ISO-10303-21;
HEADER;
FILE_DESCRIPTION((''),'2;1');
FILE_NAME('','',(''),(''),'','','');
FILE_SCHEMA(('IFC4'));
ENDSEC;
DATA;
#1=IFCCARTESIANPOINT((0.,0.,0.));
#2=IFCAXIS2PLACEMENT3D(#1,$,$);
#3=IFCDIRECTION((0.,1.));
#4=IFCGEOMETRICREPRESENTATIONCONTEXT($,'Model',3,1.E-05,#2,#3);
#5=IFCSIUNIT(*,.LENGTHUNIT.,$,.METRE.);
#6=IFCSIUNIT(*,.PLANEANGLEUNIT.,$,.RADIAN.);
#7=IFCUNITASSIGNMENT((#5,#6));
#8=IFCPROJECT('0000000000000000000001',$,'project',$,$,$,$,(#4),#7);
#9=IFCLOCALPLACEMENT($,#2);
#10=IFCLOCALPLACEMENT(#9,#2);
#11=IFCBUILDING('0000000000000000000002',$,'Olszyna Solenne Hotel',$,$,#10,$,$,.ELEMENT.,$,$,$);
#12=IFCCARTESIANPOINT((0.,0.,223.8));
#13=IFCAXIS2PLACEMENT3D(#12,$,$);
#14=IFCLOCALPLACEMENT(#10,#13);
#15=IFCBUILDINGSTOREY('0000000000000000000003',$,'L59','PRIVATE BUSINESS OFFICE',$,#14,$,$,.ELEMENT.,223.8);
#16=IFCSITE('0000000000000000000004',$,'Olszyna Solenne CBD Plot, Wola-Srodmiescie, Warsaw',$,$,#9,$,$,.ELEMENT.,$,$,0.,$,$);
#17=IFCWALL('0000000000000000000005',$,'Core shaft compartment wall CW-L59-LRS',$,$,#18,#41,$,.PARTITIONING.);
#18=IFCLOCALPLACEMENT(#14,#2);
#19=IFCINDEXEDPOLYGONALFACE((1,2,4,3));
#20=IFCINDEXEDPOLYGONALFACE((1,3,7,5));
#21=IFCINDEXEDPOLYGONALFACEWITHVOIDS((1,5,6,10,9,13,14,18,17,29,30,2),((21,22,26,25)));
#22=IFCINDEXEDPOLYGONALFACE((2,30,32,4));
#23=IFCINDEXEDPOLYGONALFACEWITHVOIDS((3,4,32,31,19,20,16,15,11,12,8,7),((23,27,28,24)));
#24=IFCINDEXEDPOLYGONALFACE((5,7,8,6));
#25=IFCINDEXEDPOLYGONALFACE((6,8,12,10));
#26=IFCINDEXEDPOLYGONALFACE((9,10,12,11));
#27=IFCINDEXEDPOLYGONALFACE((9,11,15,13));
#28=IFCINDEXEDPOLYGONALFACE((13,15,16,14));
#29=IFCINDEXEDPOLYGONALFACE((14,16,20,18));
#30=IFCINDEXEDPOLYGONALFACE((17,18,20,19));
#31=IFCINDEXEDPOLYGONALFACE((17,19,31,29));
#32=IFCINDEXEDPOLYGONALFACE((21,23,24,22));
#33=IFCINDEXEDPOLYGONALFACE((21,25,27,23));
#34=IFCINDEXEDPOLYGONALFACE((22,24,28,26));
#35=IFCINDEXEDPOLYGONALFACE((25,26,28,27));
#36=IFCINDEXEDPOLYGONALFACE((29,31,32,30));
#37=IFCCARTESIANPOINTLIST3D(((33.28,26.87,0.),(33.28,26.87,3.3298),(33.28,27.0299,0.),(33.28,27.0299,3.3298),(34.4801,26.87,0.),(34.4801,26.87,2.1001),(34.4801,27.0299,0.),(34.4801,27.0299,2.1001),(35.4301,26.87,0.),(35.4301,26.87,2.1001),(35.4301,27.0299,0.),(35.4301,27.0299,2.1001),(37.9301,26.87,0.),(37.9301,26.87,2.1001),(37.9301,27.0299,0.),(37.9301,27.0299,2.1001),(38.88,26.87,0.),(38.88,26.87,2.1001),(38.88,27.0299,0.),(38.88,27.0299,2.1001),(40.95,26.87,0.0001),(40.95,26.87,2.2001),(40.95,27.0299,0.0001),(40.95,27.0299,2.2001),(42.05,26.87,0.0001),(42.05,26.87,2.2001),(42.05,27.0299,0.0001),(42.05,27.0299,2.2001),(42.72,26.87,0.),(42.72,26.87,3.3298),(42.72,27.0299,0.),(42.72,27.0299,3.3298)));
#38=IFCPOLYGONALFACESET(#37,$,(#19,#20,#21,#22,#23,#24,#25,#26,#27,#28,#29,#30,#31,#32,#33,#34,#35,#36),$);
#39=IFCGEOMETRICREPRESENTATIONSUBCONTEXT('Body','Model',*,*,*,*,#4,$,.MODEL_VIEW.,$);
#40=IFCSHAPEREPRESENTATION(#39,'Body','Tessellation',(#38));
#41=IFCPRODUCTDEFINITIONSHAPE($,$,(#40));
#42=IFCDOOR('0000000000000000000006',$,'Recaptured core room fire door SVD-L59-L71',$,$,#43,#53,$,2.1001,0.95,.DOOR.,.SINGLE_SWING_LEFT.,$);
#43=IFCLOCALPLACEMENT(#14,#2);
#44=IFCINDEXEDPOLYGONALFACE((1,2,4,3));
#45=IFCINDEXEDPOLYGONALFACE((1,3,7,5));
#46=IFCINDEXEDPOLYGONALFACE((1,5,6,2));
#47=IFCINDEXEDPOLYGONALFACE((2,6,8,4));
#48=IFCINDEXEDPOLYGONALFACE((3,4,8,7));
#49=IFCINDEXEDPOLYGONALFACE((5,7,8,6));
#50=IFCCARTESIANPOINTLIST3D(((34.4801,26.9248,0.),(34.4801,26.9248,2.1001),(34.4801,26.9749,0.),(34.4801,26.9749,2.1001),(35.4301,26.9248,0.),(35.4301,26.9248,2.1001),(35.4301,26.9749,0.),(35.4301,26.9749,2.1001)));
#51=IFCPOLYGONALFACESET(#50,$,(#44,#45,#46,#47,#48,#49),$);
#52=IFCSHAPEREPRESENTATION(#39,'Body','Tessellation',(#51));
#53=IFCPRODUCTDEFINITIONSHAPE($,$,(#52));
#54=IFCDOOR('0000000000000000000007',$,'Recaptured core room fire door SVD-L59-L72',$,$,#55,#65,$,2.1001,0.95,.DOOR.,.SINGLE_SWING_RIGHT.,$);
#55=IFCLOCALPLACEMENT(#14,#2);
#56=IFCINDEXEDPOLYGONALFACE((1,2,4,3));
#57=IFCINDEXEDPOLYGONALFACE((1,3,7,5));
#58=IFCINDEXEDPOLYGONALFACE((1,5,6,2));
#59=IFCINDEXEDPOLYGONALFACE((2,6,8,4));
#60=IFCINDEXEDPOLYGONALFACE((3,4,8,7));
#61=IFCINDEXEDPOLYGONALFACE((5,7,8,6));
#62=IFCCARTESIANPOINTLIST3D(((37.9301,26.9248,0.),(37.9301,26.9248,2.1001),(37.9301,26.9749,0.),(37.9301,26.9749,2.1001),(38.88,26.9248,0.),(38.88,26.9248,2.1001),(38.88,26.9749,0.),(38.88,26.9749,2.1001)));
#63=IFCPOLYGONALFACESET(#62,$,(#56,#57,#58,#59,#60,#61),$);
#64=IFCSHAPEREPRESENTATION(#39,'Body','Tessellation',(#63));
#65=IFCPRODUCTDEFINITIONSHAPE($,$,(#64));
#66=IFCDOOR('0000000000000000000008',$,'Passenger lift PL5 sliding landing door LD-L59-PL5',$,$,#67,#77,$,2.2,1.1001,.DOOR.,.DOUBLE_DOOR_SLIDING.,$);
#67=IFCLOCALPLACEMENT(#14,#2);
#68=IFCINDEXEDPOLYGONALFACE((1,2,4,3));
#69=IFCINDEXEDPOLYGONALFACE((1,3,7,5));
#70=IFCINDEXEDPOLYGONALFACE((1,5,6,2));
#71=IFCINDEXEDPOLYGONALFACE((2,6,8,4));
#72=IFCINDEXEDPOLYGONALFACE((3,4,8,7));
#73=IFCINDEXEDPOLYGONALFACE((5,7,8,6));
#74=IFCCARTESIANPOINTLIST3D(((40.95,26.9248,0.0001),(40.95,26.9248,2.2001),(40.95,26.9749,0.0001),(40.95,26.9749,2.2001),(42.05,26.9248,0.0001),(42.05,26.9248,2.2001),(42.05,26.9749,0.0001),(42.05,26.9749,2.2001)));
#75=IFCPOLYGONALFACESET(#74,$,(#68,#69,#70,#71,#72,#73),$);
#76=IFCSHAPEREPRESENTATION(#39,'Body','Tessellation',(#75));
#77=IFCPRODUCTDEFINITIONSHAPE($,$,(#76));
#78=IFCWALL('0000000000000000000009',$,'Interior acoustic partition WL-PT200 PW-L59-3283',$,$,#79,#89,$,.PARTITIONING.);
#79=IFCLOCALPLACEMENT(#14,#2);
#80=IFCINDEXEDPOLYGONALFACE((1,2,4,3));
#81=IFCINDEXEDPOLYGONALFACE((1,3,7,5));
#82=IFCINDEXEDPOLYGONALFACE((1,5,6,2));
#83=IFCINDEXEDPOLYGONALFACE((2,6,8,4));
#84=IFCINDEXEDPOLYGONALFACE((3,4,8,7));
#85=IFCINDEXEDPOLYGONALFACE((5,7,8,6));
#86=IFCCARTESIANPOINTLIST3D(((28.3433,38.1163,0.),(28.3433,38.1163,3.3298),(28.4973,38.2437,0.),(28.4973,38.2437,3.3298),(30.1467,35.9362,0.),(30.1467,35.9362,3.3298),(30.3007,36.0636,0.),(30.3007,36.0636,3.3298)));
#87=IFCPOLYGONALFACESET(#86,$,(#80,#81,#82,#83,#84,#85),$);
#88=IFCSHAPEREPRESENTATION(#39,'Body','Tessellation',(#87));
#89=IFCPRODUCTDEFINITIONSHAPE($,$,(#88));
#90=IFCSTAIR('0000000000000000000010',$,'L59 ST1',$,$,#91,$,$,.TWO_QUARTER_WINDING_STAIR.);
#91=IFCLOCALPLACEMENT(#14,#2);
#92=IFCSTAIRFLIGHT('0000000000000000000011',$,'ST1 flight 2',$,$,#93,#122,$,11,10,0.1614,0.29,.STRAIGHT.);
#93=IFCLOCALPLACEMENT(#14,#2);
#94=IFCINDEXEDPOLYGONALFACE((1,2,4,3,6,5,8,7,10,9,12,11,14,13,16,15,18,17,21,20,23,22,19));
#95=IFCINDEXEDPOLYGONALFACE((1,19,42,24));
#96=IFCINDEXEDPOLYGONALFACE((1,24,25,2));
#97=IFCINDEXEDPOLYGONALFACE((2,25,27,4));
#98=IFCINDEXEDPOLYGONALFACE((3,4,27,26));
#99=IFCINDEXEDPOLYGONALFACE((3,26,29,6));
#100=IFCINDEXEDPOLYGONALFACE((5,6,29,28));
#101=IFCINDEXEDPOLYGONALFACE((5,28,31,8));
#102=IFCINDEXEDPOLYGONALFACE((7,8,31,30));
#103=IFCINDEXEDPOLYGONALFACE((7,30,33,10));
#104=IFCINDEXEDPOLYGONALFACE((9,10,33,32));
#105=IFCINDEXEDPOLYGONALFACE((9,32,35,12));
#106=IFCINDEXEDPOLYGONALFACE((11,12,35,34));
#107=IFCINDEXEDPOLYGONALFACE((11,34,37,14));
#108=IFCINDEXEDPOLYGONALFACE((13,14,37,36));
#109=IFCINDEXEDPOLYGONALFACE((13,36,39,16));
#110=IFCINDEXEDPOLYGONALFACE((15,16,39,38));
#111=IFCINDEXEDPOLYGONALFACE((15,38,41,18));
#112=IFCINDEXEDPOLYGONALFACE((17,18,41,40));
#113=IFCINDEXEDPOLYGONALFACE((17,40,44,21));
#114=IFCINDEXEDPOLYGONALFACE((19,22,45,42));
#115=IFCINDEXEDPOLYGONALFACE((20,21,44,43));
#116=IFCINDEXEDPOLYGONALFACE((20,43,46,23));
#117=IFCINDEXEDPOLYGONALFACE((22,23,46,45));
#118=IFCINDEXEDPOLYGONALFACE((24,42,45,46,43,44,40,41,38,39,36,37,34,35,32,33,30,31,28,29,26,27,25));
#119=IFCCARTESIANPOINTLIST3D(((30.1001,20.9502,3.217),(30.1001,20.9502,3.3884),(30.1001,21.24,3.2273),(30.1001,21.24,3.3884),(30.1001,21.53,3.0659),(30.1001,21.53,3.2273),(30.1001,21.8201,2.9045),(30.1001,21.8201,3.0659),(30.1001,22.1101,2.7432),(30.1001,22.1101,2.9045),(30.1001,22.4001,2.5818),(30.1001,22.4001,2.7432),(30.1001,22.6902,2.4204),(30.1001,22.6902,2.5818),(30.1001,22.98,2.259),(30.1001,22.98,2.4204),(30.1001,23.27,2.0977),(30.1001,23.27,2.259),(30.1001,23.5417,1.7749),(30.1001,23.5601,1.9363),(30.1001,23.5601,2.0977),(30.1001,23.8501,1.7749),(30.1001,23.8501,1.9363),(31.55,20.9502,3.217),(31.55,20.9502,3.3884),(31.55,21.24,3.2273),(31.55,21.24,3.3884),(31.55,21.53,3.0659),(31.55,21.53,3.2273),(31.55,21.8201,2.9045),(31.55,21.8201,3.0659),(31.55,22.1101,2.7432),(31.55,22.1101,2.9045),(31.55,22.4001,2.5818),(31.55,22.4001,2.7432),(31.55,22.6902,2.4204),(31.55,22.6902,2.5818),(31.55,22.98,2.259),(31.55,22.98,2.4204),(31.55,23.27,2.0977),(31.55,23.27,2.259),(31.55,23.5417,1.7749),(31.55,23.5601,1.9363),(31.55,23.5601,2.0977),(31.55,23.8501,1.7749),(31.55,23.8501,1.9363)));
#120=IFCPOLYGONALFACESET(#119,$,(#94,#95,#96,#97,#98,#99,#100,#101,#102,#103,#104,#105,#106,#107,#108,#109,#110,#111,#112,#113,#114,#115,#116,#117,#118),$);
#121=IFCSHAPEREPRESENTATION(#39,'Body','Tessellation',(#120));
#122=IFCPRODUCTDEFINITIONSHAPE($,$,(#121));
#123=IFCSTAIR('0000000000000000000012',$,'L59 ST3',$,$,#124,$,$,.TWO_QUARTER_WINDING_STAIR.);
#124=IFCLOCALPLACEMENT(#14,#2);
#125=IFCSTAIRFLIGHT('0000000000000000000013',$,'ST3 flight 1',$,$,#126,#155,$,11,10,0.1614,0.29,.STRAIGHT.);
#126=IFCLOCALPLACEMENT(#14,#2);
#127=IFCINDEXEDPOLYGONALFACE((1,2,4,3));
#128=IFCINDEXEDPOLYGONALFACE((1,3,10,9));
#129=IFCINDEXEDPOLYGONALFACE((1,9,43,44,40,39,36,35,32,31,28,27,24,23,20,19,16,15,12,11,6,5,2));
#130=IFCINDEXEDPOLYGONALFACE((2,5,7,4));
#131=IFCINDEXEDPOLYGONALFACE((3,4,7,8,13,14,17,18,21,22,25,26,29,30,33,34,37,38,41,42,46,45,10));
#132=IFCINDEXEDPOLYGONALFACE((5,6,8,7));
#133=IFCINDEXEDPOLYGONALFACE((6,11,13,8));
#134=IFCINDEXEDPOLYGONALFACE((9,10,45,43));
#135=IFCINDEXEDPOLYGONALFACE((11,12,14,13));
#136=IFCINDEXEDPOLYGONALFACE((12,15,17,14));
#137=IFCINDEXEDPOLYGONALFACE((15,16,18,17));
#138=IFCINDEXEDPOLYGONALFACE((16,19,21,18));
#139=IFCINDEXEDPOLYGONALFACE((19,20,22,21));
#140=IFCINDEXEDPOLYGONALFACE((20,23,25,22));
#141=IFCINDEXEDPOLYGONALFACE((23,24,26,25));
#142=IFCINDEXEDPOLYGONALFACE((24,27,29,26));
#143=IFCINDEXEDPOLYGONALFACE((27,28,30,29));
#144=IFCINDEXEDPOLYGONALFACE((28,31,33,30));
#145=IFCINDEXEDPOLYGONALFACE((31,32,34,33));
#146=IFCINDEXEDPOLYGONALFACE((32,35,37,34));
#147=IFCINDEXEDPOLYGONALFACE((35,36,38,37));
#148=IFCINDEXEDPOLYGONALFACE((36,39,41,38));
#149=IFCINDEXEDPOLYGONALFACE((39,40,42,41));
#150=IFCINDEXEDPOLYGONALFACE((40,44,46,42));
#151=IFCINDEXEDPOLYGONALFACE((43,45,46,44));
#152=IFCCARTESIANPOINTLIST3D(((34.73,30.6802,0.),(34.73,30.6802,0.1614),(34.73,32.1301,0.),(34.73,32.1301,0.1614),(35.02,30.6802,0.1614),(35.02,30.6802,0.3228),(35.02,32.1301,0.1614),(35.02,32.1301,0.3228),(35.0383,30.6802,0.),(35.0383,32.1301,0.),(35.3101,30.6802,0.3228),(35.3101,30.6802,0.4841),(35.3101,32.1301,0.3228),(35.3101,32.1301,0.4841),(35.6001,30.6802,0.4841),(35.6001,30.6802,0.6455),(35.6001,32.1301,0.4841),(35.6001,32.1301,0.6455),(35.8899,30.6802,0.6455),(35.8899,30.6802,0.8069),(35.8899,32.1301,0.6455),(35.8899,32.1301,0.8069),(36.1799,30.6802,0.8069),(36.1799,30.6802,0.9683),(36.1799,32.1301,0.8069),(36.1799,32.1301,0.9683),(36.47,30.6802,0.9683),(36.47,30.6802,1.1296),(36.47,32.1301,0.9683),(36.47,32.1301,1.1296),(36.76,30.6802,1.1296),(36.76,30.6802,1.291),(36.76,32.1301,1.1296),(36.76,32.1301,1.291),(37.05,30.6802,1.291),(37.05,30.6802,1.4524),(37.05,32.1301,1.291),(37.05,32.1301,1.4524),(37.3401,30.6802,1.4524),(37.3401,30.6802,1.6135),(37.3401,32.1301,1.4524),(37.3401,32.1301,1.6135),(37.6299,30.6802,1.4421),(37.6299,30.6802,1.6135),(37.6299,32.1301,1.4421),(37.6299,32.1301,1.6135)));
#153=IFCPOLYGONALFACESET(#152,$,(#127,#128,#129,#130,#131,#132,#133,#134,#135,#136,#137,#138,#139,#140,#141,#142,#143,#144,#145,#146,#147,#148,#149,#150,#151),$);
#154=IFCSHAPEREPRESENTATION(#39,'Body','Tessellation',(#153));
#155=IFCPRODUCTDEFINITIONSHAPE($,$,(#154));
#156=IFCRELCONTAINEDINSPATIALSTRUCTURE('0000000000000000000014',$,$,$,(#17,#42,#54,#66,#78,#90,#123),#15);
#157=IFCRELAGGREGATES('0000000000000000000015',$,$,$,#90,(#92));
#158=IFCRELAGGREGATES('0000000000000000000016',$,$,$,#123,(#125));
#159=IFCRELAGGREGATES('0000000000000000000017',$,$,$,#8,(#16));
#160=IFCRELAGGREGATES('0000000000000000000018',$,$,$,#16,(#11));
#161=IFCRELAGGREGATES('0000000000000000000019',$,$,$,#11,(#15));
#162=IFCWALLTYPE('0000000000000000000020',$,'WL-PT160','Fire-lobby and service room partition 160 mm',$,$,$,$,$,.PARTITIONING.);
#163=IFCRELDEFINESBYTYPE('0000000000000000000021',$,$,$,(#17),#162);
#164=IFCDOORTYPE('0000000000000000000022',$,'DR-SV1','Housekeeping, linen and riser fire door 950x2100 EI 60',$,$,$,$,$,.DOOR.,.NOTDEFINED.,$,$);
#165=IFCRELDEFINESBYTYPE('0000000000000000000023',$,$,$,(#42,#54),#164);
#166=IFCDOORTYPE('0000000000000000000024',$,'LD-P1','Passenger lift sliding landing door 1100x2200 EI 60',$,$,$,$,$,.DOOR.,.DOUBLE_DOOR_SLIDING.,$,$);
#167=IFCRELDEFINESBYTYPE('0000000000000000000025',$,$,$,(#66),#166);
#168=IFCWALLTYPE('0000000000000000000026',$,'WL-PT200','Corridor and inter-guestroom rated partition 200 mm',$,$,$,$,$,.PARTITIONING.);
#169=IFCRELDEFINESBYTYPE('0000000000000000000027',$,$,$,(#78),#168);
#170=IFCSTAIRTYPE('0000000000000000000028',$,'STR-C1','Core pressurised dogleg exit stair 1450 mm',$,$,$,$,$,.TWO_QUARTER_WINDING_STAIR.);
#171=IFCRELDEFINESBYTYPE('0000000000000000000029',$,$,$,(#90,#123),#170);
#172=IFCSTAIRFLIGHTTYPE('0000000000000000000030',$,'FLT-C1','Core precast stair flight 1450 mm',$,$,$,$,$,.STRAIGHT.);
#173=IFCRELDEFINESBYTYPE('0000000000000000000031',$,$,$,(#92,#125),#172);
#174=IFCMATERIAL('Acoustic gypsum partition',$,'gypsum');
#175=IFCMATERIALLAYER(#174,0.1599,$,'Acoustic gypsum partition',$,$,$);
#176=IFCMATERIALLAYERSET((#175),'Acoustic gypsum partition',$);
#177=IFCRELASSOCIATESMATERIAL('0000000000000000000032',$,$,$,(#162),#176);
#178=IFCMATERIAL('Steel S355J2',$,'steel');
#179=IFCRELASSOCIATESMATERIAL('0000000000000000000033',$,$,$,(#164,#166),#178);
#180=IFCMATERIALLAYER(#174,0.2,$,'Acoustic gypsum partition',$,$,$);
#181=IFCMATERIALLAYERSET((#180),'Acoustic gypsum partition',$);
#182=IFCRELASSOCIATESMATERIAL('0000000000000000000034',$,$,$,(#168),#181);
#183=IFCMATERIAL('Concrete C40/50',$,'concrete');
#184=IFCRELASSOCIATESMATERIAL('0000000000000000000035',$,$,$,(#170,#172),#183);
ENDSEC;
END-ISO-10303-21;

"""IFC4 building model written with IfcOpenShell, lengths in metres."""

from ifc_helpers import new_model, si_unit, direction, frame, frame_2d, origin, place, context, subcontext, project, spatial, polyline, rectangle, outline, extrude, source, transform, mapped, material, layer, layer_set, type_object, type_shapes, element, fill, aggregate, save


model = new_model("IFC4")

# Units and contexts
model_context = context("Model", 3, precision=1e-05, world=origin(), true_north=direction((0.0, 1.0)))
body_context = subcontext(model_context, "Body", "Model", "MODEL_VIEW")
ifc_project = project(units=[si_unit("LENGTHUNIT", "METRE"), si_unit("PLANEANGLEUNIT", "RADIAN")], contexts=[model_context])

# Site, building, storey
site_placement = place(None, origin())
site = spatial("IfcSite", under=ifc_project, at=site_placement, Name="Olszyna Solenne CBD Plot, Wola-Srodmiescie, Warsaw", CompositionType="ELEMENT", RefElevation=0.0)
building_placement = place(site_placement, origin())
building = spatial("IfcBuilding", under=site, at=building_placement, Name="Olszyna Solenne Hotel", CompositionType="ELEMENT")
storey_placement = place(building_placement, frame((0.0, 0.0, 223.8)))
storey = spatial("IfcBuildingStorey", under=building, at=storey_placement, Name="L59", Description="PRIVATE BUSINESS OFFICE", CompositionType="ELEMENT", Elevation=223.8)

# Shared definitions
ifc_material_1 = material(Name="Steel S355J2", Category="steel")

# Shared definitions
ifc_material_2 = material(Name="Acoustic gypsum partition", Category="gypsum")
ifc_layer_1 = layer(ifc_material_2, 0.1599, Name="Acoustic gypsum partition")
ifc_layer_set_1 = layer_set([ifc_layer_1], Name="Acoustic gypsum partition")
wall_type_1 = type_object("IfcWallType", Name="WL-PT160", Description="Fire-lobby and service room partition 160 mm", PredefinedType="PARTITIONING", material=ifc_layer_set_1)

# Wall, openings, doors
wall_1_placement = place(storey_placement, frame((33.28, 26.95, 0.0), z_axis=(0.0, 0.0, 1.0), x_axis=(1.0, 0.0, 0.0)))
wall_1 = element("IfcWall", 1, at=wall_1_placement, inside=storey, type_object=wall_type_1, Name="Core shaft compartment wall CW-L59-LRS", PredefinedType="PARTITIONING", context=body_context, shape_type="SweptSolid", body=[
    extrude(rectangle(XDim=9.4399, YDim=0.1599, at=frame_2d((4.72, 0.0))), origin(), (0.0, 0.0, 1.0), 3.3298),
])
opening_1_placement = place(wall_1_placement, frame((1.2, 0.0, 0.0)))
opening_1 = element("IfcOpeningElement", 2, at=opening_1_placement, cuts=wall_1, PredefinedType="OPENING", context=body_context, shape_type="SweptSolid", body=[
    extrude(rectangle(XDim=0.95, YDim=2.1001, at=frame_2d((0.4751, 1.05))), frame((0.0, 0.0898, 0.0), z_axis=(0.0, -1.0, 0.0), x_axis=(1.0, 0.0, 0.0)), (0.0, 0.0, 1.0), 0.1799),
])
opening_2_placement = place(wall_1_placement, frame((4.6499, 0.0, 0.0)))
opening_2 = element("IfcOpeningElement", 3, at=opening_2_placement, cuts=wall_1, PredefinedType="OPENING", context=body_context, shape_type="SweptSolid", body=[
    extrude(rectangle(XDim=0.95, YDim=2.1001, at=frame_2d((0.4751, 1.05))), frame((0.0, 0.0898, 0.0), z_axis=(0.0, -1.0, 0.0), x_axis=(1.0, 0.0, 0.0)), (0.0, 0.0, 1.0), 0.1799),
])
opening_3_placement = place(wall_1_placement, frame((7.6699, 0.0, 0.0)))
opening_3 = element("IfcOpeningElement", 4, at=opening_3_placement, cuts=wall_1, PredefinedType="OPENING", context=body_context, shape_type="SweptSolid", body=[
    extrude(rectangle(XDim=1.1001, YDim=2.2, at=frame_2d((0.55, 1.1001))), frame((0.0, 0.0898, 0.0), z_axis=(0.0, -1.0, 0.0), x_axis=(1.0, 0.0, 0.0)), (0.0, 0.0, 1.0), 0.1799),
])
door_type_1 = type_object("IfcDoorType", Name="DR-SV1", Description="Housekeeping, linen and riser fire door 950x2100 EI 60", OperationType="NOTDEFINED", PredefinedType="DOOR", material=ifc_material_1)
shared_shape_1 = source(origin(), body_context, "Body", "SweptSolid", [
    extrude(rectangle(XDim=0.95, YDim=2.1001, at=frame_2d((0.4751, 1.05))), frame((0.0, 0.0249, 0.0), z_axis=(0.0, -1.0, 0.0), x_axis=(1.0, 0.0, 0.0)), (0.0, 0.0, 1.0), 0.05),
])
type_shapes(door_type_1, [shared_shape_1])
door_1_placement = place(opening_1_placement, origin())
door_1 = element("IfcDoor", 5, at=door_1_placement, inside=storey, type_object=door_type_1, Name="Recaptured core room fire door SVD-L59-L71", OperationType="SINGLE_SWING_LEFT", OverallHeight=2.1001, OverallWidth=0.95, PredefinedType="DOOR", context=body_context, shape_type="MappedRepresentation", body=[
    mapped(shared_shape_1, transform((0.0, 0.0, 0.0), x_axis=(1.0, 0.0, 0.0), y_axis=(0.0, 1.0, 0.0), z_axis=(0.0, 0.0, 1.0), scale=1.0)),
])
fill(opening_1, door_1)
door_2_placement = place(opening_2_placement, origin())
door_2 = element("IfcDoor", 6, at=door_2_placement, inside=storey, type_object=door_type_1, Name="Recaptured core room fire door SVD-L59-L72", OperationType="SINGLE_SWING_RIGHT", OverallHeight=2.1001, OverallWidth=0.95, PredefinedType="DOOR", context=body_context, shape_type="MappedRepresentation", body=[
    mapped(shared_shape_1, transform((0.0, 0.0, 0.0), x_axis=(1.0, 0.0, 0.0), y_axis=(0.0, 1.0, 0.0), z_axis=(0.0, 0.0, 1.0), scale=1.0)),
])
fill(opening_2, door_2)
door_type_2 = type_object("IfcDoorType", Name="LD-P1", Description="Passenger lift sliding landing door 1100x2200 EI 60", OperationType="DOUBLE_DOOR_SLIDING", PredefinedType="DOOR", material=ifc_material_1)
shared_shape_2 = source(origin(), body_context, "Body", "SweptSolid", [
    extrude(rectangle(XDim=1.1001, YDim=2.2, at=frame_2d((0.55, 1.1001))), frame((0.0, 0.0249, 0.0), z_axis=(0.0, -1.0, 0.0), x_axis=(1.0, 0.0, 0.0)), (0.0, 0.0, 1.0), 0.05),
])
type_shapes(door_type_2, [shared_shape_2])
door_3_placement = place(opening_3_placement, origin())
door_3 = element("IfcDoor", 7, at=door_3_placement, inside=storey, type_object=door_type_2, Name="Passenger lift PL5 sliding landing door LD-L59-PL5", OperationType="DOUBLE_DOOR_SLIDING", OverallHeight=2.2, OverallWidth=1.1001, PredefinedType="DOOR", context=body_context, shape_type="MappedRepresentation", body=[
    mapped(shared_shape_2, transform((0.0, 0.0, 0.0), x_axis=(1.0, 0.0, 0.0), y_axis=(0.0, 1.0, 0.0), z_axis=(0.0, 0.0, 1.0), scale=1.0)),
])
fill(opening_3, door_3)

# Wall
ifc_layer_2 = layer(ifc_material_2, 0.2, Name="Acoustic gypsum partition")
ifc_layer_set_2 = layer_set([ifc_layer_2], Name="Acoustic gypsum partition")
wall_type_2 = type_object("IfcWallType", Name="WL-PT200", Description="Corridor and inter-guestroom rated partition 200 mm", PredefinedType="PARTITIONING", material=ifc_layer_set_2)
wall_2_placement = place(storey_placement, frame((30.2236, 36.0, 0.0), z_axis=(0.0, 0.0, 1.0), x_axis=(-0.637396, 0.770536, 0.0)))
element("IfcWall", 8, at=wall_2_placement, inside=storey, type_object=wall_type_2, Name="Interior acoustic partition WL-PT200 PW-L59-3283", PredefinedType="PARTITIONING", context=body_context, shape_type="SweptSolid", body=[
    extrude(rectangle(XDim=2.8293, YDim=0.2, at=frame_2d((1.4146, 0.0))), origin(), (0.0, 0.0, 1.0), 3.3298),
])

# Stairs, stair flights
ifc_material_3 = material(Name="Concrete C40/50", Category="concrete")
stair_type = type_object("IfcStairType", Name="STR-C1", Description="Core pressurised dogleg exit stair 1450 mm", PredefinedType="TWO_QUARTER_WINDING_STAIR", material=ifc_material_3)
stair_1_placement = place(storey_placement, origin())
stair_1 = element("IfcStair", 9, at=stair_1_placement, inside=storey, type_object=stair_type, Name="L59 ST1", PredefinedType="TWO_QUARTER_WINDING_STAIR")
stair_flight_type = type_object("IfcStairFlightType", Name="FLT-C1", Description="Core precast stair flight 1450 mm", PredefinedType="STRAIGHT", material=ifc_material_3)
stair_flight_1_placement = place(storey_placement, frame((30.825, 23.8501, 1.7749), z_axis=(0.0, 0.0, 1.0), x_axis=(0.0, -1.0, 0.0)))
stair_flight_1 = element("IfcStairFlight", 10, at=stair_flight_1_placement, type_object=stair_flight_type, Name="ST1 flight 2", NumberOfRisers=11, NumberOfTreads=10, PredefinedType="STRAIGHT", RiserHeight=0.1614, TreadLength=0.29, context=body_context, shape_type="SweptSolid", body=[
    extrude(outline(polyline([(0.0, 0.0), (0.0, 0.1614), (0.29, 0.1614), (0.29, 0.3228), (0.5801, 0.3228), (0.5801, 0.4841), (0.8701, 0.4841), (0.8701, 0.6455), (1.1599, 0.6455), (1.1599, 0.8069), (1.45, 0.8069), (1.45, 0.9683), (1.74, 0.9683), (1.74, 1.1296), (2.03, 1.1296), (2.03, 1.291), (2.3201, 1.291), (2.3201, 1.4524), (2.6101, 1.4524), (2.6101, 1.6135), (2.8999, 1.6135), (2.8999, 1.7749), (2.8999, 1.4421), (0.3083, 0.0), (0.0, 0.0)])), frame((0.0, 0.7251, 0.0), z_axis=(0.0, -1.0, 0.0), x_axis=(1.0, 0.0, 0.0)), (0.0, 0.0, 1.0), 1.45),
])
aggregate(stair_1, [stair_flight_1])
stair_2_placement = place(storey_placement, origin())
stair_2 = element("IfcStair", 11, at=stair_2_placement, inside=storey, type_object=stair_type, Name="L59 ST3", PredefinedType="TWO_QUARTER_WINDING_STAIR")
stair_flight_2_placement = place(storey_placement, frame((34.73, 31.405, 0.0), z_axis=(0.0, 0.0, 1.0), x_axis=(1.0, 0.0, 0.0)))
stair_flight_2 = element("IfcStairFlight", 12, at=stair_flight_2_placement, type_object=stair_flight_type, Name="ST3 flight 1", NumberOfRisers=11, NumberOfTreads=10, PredefinedType="STRAIGHT", RiserHeight=0.1614, TreadLength=0.29, context=body_context, shape_type="SweptSolid", body=[
    extrude(outline(polyline([(0.0, 0.0), (0.0, 0.1614), (0.29, 0.1614), (0.29, 0.3228), (0.5801, 0.3228), (0.5801, 0.4841), (0.8701, 0.4841), (0.8701, 0.6455), (1.1599, 0.6455), (1.1599, 0.8069), (1.45, 0.8069), (1.45, 0.9683), (1.74, 0.9683), (1.74, 1.1296), (2.03, 1.1296), (2.03, 1.291), (2.3201, 1.291), (2.3201, 1.4524), (2.6101, 1.4524), (2.6101, 1.6135), (2.8999, 1.6135), (2.8999, 1.7749), (2.8999, 1.4421), (0.3083, 0.0), (0.0, 0.0)])), frame((0.0, 0.7251, 0.0), z_axis=(0.0, -1.0, 0.0), x_axis=(1.0, 0.0, 0.0)), (0.0, 0.0, 1.0), 1.45),
])
aggregate(stair_2, [stair_flight_2])

save(model, "model.ifc")
